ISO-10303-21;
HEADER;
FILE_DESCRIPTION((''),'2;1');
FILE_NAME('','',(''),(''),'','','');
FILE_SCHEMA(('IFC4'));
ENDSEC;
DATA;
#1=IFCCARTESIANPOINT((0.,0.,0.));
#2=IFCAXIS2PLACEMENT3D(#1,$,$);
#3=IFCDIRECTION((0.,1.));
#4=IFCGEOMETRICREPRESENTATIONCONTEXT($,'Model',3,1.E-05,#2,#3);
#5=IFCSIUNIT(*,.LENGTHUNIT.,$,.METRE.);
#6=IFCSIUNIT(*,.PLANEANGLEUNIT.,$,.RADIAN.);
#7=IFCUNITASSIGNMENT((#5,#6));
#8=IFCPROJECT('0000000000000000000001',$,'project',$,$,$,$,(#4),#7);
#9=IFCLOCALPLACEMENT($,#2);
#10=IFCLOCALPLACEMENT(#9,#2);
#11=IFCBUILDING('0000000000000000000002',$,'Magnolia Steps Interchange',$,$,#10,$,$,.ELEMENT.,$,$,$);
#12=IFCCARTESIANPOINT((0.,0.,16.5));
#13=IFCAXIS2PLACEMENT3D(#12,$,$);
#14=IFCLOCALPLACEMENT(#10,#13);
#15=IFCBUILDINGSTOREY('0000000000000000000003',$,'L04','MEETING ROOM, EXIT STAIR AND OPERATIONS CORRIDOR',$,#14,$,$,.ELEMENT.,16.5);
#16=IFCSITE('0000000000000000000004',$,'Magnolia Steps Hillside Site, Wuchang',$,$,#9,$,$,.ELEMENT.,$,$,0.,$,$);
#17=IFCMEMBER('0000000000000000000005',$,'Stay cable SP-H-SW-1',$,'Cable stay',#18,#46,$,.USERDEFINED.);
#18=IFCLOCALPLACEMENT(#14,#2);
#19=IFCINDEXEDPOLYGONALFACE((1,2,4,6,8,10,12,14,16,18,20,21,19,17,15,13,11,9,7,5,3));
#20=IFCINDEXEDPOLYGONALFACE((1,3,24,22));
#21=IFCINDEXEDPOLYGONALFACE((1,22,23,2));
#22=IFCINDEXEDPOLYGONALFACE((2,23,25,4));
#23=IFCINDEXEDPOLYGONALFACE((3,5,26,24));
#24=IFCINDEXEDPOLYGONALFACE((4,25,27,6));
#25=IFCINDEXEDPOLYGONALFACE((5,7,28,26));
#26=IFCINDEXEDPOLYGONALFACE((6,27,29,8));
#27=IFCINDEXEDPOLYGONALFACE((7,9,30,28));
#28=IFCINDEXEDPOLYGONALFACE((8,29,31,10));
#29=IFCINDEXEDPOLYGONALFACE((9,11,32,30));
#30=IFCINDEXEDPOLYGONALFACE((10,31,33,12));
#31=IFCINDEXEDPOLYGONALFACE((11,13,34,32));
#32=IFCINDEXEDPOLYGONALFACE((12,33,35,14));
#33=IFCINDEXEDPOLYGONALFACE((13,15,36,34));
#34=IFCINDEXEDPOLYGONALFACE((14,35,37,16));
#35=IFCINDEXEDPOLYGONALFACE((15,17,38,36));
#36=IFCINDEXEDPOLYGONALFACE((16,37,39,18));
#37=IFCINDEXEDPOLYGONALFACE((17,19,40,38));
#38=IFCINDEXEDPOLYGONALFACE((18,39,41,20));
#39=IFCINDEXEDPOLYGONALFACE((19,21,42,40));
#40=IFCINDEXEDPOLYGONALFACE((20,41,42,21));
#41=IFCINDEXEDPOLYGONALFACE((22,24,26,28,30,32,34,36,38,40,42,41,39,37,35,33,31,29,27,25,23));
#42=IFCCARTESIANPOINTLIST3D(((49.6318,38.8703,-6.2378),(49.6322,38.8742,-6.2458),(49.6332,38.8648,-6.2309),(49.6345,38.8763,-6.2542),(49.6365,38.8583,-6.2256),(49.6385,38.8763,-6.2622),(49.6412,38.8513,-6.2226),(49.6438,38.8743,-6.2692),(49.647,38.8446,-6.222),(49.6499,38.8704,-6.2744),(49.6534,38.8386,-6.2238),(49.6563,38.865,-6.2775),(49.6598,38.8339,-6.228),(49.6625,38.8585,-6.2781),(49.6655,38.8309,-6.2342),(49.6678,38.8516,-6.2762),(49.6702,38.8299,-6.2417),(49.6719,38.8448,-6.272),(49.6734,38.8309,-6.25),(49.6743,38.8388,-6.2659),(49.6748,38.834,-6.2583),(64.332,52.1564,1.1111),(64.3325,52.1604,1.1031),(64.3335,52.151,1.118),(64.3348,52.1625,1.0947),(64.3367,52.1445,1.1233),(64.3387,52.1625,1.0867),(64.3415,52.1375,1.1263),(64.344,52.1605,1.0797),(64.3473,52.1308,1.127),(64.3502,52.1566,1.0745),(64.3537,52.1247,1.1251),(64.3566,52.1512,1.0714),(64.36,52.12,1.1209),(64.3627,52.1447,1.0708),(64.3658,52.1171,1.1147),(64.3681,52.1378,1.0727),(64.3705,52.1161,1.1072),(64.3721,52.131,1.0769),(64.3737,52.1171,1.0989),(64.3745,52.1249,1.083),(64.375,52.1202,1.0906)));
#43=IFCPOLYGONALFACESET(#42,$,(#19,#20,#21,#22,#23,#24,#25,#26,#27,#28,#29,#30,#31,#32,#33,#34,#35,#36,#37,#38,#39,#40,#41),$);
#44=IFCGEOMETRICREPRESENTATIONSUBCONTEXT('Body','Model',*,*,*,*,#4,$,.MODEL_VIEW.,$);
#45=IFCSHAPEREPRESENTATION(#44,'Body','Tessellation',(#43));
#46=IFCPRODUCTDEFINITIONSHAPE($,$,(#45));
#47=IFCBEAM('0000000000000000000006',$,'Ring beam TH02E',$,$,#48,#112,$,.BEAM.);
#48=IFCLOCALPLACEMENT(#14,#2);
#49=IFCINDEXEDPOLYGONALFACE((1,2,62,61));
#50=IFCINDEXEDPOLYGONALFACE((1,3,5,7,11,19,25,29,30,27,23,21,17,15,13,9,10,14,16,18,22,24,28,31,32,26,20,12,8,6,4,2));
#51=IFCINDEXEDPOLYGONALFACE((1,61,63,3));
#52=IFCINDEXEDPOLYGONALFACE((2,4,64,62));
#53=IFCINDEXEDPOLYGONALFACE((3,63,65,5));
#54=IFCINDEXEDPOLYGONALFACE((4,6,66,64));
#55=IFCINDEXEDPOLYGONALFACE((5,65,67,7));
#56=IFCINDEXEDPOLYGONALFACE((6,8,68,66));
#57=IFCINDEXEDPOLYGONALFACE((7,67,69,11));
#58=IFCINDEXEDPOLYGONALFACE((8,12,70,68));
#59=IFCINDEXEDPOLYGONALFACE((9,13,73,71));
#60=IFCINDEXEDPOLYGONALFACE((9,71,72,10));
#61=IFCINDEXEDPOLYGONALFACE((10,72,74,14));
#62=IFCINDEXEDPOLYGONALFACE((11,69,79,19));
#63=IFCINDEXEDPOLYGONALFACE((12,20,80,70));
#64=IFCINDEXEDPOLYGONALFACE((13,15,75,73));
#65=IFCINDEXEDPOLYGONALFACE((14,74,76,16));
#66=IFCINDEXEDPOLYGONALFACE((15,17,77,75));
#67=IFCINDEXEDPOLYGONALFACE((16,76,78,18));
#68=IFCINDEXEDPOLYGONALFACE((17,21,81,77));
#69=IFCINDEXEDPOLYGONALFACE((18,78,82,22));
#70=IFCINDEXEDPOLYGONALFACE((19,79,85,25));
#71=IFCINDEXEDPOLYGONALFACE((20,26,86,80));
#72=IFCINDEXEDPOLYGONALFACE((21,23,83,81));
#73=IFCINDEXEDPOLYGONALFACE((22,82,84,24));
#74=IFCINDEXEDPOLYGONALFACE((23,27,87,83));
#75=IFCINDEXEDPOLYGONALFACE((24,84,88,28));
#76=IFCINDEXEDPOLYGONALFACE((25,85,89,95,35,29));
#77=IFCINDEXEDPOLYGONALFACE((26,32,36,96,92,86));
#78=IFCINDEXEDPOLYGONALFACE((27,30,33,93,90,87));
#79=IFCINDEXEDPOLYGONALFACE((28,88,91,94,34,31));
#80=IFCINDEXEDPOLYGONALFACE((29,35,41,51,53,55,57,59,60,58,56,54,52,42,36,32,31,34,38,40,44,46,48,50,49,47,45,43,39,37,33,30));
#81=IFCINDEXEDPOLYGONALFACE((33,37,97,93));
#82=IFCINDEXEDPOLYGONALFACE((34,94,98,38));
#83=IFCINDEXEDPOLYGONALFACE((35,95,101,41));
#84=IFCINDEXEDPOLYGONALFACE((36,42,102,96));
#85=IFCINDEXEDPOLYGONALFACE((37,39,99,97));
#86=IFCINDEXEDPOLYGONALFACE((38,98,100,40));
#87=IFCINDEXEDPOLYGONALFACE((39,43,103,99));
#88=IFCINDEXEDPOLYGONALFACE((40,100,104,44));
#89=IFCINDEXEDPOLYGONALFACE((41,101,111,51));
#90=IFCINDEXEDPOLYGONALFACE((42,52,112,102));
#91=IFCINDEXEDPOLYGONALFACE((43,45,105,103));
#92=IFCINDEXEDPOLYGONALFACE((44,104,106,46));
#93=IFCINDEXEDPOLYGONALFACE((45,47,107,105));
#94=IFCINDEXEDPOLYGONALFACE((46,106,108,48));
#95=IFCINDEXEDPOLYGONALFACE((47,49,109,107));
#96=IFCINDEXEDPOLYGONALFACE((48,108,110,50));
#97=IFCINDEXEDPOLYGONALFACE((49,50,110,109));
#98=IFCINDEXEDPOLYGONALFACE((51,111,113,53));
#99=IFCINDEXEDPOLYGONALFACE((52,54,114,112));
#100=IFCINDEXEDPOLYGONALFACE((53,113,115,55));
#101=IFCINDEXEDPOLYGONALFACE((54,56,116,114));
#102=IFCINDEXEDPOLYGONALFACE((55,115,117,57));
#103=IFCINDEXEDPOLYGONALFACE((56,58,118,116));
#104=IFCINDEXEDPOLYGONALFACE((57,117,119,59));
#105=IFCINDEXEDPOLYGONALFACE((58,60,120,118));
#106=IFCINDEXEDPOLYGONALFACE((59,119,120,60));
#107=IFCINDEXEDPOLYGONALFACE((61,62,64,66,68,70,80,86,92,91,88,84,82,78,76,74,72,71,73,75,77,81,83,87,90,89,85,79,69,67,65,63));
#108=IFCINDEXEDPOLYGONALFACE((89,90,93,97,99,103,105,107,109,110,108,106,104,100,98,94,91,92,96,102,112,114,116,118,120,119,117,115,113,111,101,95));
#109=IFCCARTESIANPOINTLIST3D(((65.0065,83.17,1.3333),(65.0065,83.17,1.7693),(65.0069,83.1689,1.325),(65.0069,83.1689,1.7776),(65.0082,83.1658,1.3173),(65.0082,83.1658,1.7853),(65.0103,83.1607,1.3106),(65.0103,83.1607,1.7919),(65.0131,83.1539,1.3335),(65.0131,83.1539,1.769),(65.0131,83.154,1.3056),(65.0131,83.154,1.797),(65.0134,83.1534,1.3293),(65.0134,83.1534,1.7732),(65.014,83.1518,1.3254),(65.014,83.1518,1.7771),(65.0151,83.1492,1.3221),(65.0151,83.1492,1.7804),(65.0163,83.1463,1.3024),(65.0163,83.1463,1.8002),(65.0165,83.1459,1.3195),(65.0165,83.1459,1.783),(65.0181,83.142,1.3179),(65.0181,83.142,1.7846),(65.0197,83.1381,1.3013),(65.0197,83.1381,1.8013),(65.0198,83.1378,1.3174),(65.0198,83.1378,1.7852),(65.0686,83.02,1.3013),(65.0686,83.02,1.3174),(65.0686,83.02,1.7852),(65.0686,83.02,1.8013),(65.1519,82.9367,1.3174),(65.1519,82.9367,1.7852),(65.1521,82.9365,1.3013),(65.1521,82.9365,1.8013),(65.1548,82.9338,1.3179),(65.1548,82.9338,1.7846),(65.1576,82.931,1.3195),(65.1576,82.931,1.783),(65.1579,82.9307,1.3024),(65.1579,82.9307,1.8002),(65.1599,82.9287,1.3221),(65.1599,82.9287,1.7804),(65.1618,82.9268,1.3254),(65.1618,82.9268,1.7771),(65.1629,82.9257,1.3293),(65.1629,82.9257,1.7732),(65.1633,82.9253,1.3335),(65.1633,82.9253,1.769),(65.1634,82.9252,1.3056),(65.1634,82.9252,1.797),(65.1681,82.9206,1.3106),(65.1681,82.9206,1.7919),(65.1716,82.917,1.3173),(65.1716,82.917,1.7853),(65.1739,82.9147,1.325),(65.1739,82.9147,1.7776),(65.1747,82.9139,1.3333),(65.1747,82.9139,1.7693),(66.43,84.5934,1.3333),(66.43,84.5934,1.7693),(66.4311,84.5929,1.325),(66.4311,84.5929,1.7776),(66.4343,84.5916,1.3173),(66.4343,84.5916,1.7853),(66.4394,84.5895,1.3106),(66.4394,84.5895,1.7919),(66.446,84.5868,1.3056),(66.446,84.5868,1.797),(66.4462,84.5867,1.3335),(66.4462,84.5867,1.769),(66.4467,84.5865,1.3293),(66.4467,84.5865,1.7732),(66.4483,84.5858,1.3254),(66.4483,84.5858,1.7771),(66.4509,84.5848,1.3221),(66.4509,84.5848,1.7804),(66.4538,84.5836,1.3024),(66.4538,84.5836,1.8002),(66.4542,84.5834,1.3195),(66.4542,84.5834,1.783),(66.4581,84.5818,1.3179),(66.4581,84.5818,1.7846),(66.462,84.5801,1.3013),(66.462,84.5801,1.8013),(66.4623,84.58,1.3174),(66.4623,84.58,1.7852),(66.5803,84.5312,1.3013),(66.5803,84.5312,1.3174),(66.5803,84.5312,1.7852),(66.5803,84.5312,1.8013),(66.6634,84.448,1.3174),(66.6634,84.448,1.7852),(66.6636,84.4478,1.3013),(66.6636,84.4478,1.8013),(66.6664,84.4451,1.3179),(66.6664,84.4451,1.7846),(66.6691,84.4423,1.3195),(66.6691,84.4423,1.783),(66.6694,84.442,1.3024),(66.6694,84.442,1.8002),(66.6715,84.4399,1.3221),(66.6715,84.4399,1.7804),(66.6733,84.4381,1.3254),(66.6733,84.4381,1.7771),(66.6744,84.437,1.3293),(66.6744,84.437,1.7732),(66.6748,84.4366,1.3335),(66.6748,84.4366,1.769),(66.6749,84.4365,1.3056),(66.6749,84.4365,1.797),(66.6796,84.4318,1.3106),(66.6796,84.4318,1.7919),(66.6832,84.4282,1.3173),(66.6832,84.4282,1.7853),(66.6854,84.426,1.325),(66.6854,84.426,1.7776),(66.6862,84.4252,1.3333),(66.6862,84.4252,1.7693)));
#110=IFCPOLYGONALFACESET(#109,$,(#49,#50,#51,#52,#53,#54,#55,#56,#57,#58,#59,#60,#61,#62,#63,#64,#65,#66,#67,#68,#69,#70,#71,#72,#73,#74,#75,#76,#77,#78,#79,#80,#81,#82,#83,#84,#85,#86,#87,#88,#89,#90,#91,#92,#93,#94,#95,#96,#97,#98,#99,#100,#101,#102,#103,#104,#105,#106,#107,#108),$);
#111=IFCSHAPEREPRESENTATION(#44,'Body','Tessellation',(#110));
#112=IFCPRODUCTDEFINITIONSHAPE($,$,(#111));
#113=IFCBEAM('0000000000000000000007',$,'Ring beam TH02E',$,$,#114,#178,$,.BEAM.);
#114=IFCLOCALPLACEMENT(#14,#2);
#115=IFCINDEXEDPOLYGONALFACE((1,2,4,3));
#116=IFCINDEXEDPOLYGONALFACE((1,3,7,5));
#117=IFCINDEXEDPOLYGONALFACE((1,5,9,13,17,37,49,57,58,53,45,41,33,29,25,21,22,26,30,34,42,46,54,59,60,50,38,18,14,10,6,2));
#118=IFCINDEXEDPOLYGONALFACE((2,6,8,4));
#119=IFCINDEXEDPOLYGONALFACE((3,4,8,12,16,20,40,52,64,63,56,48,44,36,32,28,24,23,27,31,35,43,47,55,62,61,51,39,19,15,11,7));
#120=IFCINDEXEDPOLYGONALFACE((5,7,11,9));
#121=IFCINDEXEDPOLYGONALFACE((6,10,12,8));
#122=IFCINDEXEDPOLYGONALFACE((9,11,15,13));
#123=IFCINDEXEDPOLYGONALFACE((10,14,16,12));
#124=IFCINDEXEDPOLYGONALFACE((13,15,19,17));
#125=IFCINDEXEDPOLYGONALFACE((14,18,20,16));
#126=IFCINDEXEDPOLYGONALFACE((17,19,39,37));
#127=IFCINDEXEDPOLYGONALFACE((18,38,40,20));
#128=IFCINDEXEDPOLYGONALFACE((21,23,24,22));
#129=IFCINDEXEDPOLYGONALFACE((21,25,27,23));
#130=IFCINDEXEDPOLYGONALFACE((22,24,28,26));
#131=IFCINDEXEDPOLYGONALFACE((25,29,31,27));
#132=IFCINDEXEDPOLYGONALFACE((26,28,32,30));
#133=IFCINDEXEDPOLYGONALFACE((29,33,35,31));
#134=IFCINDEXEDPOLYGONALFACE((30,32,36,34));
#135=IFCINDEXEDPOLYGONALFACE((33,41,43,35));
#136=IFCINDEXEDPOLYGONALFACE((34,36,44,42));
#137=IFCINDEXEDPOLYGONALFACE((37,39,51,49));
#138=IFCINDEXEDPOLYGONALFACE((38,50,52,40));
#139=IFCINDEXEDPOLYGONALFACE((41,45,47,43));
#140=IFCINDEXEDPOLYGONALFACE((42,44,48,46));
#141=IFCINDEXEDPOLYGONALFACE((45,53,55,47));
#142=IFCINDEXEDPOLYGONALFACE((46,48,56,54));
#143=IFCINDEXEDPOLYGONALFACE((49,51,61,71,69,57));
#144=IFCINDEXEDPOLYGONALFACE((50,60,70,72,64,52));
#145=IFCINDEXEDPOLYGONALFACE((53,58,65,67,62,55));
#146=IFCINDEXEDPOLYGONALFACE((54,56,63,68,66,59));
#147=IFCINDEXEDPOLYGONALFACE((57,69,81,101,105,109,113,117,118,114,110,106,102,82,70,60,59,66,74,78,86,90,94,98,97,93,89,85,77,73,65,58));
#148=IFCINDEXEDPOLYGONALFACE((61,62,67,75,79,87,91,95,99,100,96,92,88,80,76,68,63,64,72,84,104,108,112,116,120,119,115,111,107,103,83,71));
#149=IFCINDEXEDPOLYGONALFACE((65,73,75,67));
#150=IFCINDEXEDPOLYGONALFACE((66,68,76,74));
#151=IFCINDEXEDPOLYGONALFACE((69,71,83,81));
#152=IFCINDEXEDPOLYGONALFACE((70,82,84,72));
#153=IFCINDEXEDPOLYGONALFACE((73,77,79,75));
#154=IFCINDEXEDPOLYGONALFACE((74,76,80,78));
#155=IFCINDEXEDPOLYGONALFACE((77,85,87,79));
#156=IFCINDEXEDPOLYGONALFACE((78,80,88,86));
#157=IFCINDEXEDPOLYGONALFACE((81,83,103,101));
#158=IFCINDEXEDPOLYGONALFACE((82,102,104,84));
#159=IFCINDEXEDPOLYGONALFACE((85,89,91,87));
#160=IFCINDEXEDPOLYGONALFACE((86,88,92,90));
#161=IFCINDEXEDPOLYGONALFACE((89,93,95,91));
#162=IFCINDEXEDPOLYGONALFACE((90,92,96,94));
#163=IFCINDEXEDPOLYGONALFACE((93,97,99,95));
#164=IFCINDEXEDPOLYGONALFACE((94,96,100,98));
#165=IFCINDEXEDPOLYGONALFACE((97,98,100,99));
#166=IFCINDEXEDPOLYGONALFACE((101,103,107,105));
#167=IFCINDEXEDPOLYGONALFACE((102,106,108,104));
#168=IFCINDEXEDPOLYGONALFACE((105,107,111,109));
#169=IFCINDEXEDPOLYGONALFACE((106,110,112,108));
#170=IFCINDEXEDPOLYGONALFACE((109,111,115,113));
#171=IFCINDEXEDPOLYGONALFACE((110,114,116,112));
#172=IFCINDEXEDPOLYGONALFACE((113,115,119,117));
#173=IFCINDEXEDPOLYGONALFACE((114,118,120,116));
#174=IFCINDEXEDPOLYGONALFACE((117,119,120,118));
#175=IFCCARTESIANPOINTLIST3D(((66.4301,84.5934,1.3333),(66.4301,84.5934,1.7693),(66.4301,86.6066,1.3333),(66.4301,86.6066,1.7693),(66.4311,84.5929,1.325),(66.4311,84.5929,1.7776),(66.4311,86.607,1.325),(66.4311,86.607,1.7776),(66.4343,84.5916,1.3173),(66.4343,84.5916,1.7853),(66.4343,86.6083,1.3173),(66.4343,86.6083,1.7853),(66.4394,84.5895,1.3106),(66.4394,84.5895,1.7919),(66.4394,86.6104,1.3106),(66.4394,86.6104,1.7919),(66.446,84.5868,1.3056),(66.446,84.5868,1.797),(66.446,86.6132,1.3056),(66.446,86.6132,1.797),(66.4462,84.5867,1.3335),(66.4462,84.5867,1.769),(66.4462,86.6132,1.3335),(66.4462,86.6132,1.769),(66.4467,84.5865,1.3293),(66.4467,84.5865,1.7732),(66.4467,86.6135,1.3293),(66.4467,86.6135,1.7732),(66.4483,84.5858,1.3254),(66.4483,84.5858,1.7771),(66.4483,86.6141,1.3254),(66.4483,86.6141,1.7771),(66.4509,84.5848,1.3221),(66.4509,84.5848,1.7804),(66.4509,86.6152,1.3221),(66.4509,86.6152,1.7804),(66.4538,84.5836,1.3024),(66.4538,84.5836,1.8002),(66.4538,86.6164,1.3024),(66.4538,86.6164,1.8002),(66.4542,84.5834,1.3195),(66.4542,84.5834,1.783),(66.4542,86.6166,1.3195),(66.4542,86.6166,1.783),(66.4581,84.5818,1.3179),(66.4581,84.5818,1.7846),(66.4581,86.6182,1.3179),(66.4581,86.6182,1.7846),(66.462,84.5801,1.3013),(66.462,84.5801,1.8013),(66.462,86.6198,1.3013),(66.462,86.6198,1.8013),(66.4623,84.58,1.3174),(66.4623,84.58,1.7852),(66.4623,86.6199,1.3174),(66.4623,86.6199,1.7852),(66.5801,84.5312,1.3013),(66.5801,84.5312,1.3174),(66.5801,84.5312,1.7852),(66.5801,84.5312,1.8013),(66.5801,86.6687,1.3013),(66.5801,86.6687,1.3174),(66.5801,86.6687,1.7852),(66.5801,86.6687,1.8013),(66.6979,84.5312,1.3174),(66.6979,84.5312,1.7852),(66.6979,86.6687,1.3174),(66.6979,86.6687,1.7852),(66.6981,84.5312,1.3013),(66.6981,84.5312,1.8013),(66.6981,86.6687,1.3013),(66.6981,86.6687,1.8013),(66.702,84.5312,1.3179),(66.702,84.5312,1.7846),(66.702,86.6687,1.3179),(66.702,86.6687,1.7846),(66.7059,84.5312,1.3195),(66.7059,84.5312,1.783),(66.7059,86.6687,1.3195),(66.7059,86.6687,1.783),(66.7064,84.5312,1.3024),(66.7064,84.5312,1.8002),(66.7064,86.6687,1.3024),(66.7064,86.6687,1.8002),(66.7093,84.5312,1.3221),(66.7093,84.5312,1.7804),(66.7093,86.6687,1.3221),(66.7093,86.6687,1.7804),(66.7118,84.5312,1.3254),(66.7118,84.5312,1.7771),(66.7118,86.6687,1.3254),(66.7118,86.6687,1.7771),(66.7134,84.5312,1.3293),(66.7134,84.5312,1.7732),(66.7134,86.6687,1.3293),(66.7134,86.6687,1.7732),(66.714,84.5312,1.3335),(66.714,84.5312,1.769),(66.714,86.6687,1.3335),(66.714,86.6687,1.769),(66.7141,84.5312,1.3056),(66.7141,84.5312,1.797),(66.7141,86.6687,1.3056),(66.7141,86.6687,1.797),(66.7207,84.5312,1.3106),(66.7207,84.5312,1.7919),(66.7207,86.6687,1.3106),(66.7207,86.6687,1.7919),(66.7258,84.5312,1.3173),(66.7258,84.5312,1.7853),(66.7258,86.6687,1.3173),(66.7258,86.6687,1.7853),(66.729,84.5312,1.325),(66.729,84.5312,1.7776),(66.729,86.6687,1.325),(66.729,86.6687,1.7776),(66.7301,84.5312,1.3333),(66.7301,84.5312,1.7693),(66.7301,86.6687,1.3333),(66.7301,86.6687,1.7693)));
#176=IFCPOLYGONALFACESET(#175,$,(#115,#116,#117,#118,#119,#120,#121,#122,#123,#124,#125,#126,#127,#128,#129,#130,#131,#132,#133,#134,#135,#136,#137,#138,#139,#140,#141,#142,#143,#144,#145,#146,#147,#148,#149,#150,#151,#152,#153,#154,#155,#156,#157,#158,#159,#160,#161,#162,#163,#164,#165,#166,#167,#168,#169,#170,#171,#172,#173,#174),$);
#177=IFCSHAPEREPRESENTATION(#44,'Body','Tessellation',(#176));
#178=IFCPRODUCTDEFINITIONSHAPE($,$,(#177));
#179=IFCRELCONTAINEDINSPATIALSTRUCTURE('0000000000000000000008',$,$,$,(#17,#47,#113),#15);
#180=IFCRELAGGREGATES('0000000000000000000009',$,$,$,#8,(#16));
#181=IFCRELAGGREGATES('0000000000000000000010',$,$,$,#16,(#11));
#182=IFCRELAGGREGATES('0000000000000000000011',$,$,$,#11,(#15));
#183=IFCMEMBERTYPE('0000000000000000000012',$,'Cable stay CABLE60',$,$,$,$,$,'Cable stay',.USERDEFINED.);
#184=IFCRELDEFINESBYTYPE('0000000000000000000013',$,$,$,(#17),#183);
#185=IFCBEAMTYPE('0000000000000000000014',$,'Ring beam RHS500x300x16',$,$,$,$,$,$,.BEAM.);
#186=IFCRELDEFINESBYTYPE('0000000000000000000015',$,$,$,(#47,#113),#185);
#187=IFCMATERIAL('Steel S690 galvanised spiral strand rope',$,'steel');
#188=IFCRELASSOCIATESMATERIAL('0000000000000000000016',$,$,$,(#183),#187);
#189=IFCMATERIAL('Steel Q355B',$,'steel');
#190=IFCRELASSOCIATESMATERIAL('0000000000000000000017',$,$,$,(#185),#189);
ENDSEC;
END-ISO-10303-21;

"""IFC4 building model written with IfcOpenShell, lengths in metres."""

from ifc_helpers import new_model, si_unit, direction, frame, origin, origin_2d, place, context, subcontext, project, spatial, hollow_rectangle, circle, extrude, clip, halfspace, material, material_profile, profile_set, type_object, element, save


model = new_model("IFC4")

# Units and contexts
model_context = context("Model", 3, precision=1e-05, world=origin(), true_north=direction((0.0, 1.0)))
body_context = subcontext(model_context, "Body", "Model", "MODEL_VIEW")
ifc_project = project(units=[si_unit("LENGTHUNIT", "METRE"), si_unit("PLANEANGLEUNIT", "RADIAN")], contexts=[model_context])

# Site, building, storey
site_placement = place(None, origin())
site = spatial("IfcSite", under=ifc_project, at=site_placement, Name="Magnolia Steps Hillside Site, Wuchang", CompositionType="ELEMENT", RefElevation=0.0)
building_placement = place(site_placement, origin())
building = spatial("IfcBuilding", under=site, at=building_placement, Name="Magnolia Steps Interchange", CompositionType="ELEMENT")
storey_placement = place(building_placement, frame((0.0, 0.0, 16.5)))
storey = spatial("IfcBuildingStorey", under=building, at=storey_placement, Name="L04", Description="MEETING ROOM, EXIT STAIR AND OPERATIONS CORRIDOR", CompositionType="ELEMENT", Elevation=16.5)

# Member
ifc_material_1 = material(Name="Steel S690 galvanised spiral strand rope", Category="steel")
ifc_material_profile_1 = material_profile(ifc_material_1, circle(Radius=0.03, at=origin_2d()), Name="CABLE60")
ifc_profile_set_1 = profile_set([ifc_material_profile_1], Name="Steel S690 galvanised spiral strand rope")
member_type_1 = type_object("IfcMemberType", Name="Cable stay CABLE60", ElementType="Cable stay", PredefinedType="USERDEFINED", material=ifc_profile_set_1)
member_placement = place(storey_placement, frame((64.3535, 52.1394, 1.0989), z_axis=(-0.695589, -0.628678, -0.347737), x_axis=(0.670523, -0.741888, 0.0)))
element("IfcMember", 1, at=member_placement, inside=storey, type_object=member_type_1, Name="Stay cable SP-H-SW-1", ObjectType="Cable stay", PredefinedType="USERDEFINED", context=body_context, shape_type="SweptSolid", body=[
    extrude(circle(Radius=0.03, at=origin_2d()), origin(), (0.0, 0.0, 1.0), 21.1335),
])

# Beams
ifc_material_2 = material(Name="Steel Q355B", Category="steel")
ifc_material_profile_2 = material_profile(ifc_material_2, hollow_rectangle(XDim=0.3, YDim=0.5, WallThickness=0.0161, InnerFilletRadius=0.0161, OuterFilletRadius=0.032, at=origin_2d()), Name="RHS500x300x16")
ifc_profile_set_2 = profile_set([ifc_material_profile_2], Name="Steel Q355B")
beam_type_1 = type_object("IfcBeamType", Name="Ring beam RHS500x300x16", PredefinedType="BEAM", material=ifc_profile_set_2)
beam_1_placement = place(storey_placement, frame((65.0686, 83.02, 1.5513), z_axis=(0.707164, 0.70705, 0.0), x_axis=(-0.70705, 0.707164, 0.0)))
element("IfcBeam", 2, at=beam_1_placement, inside=storey, type_object=beam_type_1, Name="Ring beam TH02E", PredefinedType="BEAM", context=body_context, shape_type="Clipping", body=[
    clip(clip(extrude(hollow_rectangle(XDim=0.3, YDim=0.5, WallThickness=0.0161, InnerFilletRadius=0.0161, OuterFilletRadius=0.032, at=origin_2d()), origin(), (0.0, 0.0, 1.0), 2.1375), halfspace(frame((0.0, 0.0, 0.0), z_axis=(0.382609, 0.0, -0.92391), x_axis=(0.92391, 0.0, 0.382609)), False)), halfspace(frame((0.0, 0.0, 2.1374), z_axis=(0.382758, 0.0, 0.923849), x_axis=(0.923849, 0.0, -0.382758)), False)),
])
beam_2_placement = place(storey_placement, frame((66.5801, 84.5312, 1.5513), z_axis=(0.0, 1.0, 0.0), x_axis=(-1.0, 0.0, 0.0)))
element("IfcBeam", 3, at=beam_2_placement, inside=storey, type_object=beam_type_1, Name="Ring beam TH02E", PredefinedType="BEAM", context=body_context, shape_type="Clipping", body=[
    clip(clip(extrude(hollow_rectangle(XDim=0.3, YDim=0.5, WallThickness=0.0161, InnerFilletRadius=0.0161, OuterFilletRadius=0.032, at=origin_2d()), origin(), (0.0, 0.0, 1.0), 2.1375), halfspace(frame((0.0, 0.0, 0.0), z_axis=(0.382683, 0.0, -0.92388), x_axis=(0.92388, 0.0, 0.382683)), False)), halfspace(frame((0.0, 0.0, 2.1375), z_axis=(0.382683, 0.0, 0.92388), x_axis=(0.92388, 0.0, -0.382683)), False)),
])

save(model, "model.ifc")
